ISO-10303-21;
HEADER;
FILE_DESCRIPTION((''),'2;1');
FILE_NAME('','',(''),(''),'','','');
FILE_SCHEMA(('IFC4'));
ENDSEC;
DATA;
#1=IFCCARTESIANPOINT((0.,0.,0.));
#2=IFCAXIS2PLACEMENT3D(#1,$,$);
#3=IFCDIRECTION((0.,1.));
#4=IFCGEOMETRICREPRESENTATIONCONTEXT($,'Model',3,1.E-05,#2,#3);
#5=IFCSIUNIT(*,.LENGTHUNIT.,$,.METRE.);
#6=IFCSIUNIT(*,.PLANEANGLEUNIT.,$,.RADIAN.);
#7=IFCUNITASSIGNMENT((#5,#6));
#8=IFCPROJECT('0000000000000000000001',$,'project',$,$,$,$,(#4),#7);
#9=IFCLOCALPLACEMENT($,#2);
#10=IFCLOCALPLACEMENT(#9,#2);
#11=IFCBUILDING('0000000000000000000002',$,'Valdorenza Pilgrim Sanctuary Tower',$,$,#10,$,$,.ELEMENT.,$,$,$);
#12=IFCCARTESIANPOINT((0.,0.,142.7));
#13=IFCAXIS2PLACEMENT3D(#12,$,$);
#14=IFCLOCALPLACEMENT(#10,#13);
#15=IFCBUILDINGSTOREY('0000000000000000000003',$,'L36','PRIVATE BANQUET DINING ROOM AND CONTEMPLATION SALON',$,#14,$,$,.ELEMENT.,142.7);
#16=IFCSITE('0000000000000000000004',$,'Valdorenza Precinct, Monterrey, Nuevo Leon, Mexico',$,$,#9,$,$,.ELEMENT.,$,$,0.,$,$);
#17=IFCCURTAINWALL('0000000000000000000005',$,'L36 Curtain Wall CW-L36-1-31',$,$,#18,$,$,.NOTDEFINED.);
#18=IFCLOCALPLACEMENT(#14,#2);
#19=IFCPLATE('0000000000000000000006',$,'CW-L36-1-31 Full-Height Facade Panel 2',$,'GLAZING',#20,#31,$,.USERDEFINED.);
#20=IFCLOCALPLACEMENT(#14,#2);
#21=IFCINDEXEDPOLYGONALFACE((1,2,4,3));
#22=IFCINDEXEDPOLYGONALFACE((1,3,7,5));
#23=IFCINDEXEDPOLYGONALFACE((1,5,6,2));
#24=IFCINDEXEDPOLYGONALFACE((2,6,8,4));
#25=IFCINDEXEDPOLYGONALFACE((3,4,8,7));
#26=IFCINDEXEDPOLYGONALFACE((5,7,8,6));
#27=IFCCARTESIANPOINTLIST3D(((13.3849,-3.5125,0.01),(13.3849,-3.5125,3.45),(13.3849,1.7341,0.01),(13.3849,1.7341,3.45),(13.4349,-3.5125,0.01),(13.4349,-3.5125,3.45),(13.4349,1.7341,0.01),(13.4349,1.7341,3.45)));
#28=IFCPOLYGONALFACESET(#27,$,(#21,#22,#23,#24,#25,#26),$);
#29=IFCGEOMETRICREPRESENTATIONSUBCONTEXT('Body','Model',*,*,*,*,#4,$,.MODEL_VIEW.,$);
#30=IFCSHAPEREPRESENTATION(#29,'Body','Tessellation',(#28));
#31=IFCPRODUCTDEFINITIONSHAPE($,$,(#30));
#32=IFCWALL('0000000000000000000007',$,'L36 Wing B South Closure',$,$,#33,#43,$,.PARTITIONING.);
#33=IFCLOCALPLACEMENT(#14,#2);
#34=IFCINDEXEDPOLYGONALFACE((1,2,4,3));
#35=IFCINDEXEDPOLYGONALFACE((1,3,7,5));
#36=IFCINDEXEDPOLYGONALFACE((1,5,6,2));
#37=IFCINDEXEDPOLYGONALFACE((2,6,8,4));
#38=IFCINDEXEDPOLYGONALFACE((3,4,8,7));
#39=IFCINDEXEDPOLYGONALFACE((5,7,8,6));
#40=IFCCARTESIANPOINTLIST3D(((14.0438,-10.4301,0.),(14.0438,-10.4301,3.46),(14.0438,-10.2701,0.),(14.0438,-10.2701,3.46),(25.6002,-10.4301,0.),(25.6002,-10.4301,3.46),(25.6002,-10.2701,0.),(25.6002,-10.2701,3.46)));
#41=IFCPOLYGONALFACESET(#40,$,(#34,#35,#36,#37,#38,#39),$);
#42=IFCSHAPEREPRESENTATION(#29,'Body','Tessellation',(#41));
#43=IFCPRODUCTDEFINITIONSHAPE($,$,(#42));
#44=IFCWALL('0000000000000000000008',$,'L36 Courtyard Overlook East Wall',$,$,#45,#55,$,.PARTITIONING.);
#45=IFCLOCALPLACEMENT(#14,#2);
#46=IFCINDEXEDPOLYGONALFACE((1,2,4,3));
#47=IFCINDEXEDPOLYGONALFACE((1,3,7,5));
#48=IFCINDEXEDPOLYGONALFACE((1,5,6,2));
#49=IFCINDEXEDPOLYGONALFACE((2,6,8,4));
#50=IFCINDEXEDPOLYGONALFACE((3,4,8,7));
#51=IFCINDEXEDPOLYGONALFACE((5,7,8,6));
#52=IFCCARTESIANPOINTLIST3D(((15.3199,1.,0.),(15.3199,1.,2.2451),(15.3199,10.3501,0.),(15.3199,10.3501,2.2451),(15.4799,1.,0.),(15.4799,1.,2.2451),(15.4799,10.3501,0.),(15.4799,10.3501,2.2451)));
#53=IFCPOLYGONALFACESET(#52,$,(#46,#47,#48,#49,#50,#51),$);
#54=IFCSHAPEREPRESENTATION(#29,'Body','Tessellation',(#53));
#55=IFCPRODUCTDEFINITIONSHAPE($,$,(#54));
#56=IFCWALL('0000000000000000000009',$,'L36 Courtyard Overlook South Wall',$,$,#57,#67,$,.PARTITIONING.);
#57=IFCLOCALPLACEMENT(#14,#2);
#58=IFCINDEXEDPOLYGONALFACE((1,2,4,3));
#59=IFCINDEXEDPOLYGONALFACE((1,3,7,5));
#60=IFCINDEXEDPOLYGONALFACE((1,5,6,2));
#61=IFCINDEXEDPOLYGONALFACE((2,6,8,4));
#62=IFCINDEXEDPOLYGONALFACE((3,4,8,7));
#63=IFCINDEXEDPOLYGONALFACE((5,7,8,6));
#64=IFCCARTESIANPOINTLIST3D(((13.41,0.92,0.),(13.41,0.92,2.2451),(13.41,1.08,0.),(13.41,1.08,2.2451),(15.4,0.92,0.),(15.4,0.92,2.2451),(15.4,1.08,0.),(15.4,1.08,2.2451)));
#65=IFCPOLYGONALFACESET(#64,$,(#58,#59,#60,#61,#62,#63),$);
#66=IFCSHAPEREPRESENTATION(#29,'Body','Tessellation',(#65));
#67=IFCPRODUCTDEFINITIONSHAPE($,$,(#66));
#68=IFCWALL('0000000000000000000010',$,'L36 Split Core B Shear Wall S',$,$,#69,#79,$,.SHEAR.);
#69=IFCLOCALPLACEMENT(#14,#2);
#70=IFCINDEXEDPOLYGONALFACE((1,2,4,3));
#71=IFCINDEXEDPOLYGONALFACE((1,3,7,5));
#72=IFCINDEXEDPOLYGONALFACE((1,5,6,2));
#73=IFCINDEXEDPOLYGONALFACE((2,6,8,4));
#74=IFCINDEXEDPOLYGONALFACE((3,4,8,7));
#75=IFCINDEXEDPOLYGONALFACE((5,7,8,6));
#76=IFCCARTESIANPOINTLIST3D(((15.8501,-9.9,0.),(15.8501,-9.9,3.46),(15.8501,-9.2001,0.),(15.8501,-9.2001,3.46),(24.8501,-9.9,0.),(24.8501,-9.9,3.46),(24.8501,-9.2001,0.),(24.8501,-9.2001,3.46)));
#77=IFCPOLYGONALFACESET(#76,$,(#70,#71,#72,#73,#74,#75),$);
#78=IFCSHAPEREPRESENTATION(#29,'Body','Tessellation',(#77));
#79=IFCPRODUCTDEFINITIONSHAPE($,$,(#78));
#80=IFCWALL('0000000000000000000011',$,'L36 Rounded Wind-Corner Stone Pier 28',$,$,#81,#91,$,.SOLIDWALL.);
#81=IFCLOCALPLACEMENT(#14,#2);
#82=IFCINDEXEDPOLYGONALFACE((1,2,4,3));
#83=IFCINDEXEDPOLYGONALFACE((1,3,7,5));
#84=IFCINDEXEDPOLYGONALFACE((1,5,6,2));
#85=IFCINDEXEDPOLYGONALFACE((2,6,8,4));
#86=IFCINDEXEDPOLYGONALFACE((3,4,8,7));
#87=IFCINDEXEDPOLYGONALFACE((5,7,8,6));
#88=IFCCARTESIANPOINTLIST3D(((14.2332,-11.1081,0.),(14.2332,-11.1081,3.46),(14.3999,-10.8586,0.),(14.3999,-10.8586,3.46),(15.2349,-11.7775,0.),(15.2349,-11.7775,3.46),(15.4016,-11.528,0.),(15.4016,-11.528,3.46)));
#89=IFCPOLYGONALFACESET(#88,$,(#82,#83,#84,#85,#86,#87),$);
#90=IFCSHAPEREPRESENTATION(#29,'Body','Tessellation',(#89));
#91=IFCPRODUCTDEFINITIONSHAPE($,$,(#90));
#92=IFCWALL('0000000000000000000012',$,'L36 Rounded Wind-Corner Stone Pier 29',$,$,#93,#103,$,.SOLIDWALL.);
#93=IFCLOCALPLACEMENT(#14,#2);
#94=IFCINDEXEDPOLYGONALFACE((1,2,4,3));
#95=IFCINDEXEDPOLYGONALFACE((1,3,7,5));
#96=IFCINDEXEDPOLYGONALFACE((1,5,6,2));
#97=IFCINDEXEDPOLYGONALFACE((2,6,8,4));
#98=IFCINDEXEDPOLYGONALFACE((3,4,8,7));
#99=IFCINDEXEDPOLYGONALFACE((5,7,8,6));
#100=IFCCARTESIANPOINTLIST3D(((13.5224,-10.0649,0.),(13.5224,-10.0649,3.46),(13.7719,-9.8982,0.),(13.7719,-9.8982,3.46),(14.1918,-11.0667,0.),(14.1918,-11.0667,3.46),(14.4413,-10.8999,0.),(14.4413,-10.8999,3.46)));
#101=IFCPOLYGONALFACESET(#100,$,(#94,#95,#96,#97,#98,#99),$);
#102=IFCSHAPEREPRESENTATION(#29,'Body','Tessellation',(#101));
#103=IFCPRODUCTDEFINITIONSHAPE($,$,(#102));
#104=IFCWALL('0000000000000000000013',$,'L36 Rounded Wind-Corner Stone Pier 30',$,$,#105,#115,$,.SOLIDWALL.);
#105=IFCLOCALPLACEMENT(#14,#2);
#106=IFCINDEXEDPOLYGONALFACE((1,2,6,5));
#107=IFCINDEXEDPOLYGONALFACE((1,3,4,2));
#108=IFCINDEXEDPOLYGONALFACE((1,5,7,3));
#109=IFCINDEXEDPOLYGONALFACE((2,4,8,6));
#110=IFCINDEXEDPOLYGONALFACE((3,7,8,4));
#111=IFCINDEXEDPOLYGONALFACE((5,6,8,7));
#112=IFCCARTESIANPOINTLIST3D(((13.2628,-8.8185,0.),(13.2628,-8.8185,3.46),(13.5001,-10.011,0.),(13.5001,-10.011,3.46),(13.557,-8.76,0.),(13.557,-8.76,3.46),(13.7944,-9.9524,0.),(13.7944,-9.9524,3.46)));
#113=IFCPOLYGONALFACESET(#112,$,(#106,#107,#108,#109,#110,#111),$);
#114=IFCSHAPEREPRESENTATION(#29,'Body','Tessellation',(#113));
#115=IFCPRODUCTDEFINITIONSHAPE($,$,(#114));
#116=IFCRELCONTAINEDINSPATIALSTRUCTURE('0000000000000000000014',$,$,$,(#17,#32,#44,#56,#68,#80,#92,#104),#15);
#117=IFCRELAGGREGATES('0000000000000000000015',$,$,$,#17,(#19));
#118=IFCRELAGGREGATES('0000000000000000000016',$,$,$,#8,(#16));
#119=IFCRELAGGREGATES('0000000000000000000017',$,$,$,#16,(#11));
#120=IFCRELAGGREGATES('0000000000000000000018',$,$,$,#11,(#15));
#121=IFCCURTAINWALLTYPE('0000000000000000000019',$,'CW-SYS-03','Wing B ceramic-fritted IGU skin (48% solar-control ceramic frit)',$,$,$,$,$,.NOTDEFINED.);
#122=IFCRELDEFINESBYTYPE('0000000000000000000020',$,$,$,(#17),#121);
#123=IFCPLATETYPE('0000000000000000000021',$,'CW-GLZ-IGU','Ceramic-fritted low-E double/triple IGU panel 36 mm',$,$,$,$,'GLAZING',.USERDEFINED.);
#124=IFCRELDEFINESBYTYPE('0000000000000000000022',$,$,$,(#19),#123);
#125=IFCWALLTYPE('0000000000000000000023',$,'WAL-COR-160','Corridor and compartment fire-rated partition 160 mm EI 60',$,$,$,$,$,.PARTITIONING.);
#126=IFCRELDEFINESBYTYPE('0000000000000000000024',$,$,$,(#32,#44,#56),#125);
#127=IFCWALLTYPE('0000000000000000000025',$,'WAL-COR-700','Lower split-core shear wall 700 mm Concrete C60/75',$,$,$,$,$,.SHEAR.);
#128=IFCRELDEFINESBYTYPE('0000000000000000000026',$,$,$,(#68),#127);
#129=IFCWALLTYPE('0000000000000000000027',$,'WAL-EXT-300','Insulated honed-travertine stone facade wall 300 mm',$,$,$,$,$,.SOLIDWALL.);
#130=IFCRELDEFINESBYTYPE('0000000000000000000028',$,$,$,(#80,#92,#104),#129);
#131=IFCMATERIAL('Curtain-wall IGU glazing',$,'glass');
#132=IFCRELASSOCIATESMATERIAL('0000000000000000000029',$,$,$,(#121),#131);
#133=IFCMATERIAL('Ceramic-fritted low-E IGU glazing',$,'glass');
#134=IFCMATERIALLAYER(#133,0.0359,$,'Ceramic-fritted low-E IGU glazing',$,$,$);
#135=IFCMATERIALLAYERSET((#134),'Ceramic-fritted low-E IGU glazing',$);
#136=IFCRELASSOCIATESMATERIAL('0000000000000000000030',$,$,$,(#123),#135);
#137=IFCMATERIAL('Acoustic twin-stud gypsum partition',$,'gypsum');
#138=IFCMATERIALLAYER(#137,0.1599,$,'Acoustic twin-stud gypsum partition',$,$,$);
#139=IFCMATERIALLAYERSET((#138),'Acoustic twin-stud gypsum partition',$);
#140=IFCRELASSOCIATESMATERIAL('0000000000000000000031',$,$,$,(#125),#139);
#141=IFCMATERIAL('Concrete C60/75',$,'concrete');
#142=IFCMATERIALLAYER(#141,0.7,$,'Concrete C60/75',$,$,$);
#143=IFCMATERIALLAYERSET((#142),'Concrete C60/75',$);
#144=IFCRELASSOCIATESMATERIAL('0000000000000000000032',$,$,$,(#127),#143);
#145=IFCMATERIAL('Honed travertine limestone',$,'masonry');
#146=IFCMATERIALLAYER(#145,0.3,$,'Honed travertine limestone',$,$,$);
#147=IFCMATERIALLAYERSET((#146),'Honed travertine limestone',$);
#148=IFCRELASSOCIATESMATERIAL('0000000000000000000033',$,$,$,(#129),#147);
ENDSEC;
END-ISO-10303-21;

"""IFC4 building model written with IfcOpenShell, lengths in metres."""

from ifc_helpers import new_model, si_unit, direction, frame, frame_2d, origin, origin_2d, place, context, subcontext, project, spatial, rectangle, extrude, source, transform, mapped, material, layer, layer_set, type_object, element, aggregate, save


model = new_model("IFC4")

# Units and contexts
model_context = context("Model", 3, precision=1e-05, world=origin(), true_north=direction((0.0, 1.0)))
body_context = subcontext(model_context, "Body", "Model", "MODEL_VIEW")
ifc_project = project(units=[si_unit("LENGTHUNIT", "METRE"), si_unit("PLANEANGLEUNIT", "RADIAN")], contexts=[model_context])

# Site, building, storey
site_placement = place(None, origin())
site = spatial("IfcSite", under=ifc_project, at=site_placement, Name="Valdorenza Precinct, Monterrey, Nuevo Leon, Mexico", CompositionType="ELEMENT", RefElevation=0.0)
building_placement = place(site_placement, origin())
building = spatial("IfcBuilding", under=site, at=building_placement, Name="Valdorenza Pilgrim Sanctuary Tower", CompositionType="ELEMENT")
storey_placement = place(building_placement, frame((0.0, 0.0, 142.7)))
storey = spatial("IfcBuildingStorey", under=building, at=storey_placement, Name="L36", Description="PRIVATE BANQUET DINING ROOM AND CONTEMPLATION SALON", CompositionType="ELEMENT", Elevation=142.7)

# Shared definitions
ifc_material_1 = material(Name="Concrete C60/75", Category="concrete")

# Curtain wall, plate
ifc_material_2 = material(Name="Curtain-wall IGU glazing", Category="glass")
curtain_wall_type = type_object("IfcCurtainWallType", Name="CW-SYS-03", Description="Wing B ceramic-fritted IGU skin (48% solar-control ceramic frit)", PredefinedType="NOTDEFINED", material=ifc_material_2)
curtain_wall_placement = place(storey_placement, origin())
curtain_wall = element("IfcCurtainWall", 1, at=curtain_wall_placement, inside=storey, type_object=curtain_wall_type, Name="L36 Curtain Wall CW-L36-1-31", PredefinedType="NOTDEFINED")
ifc_material_3 = material(Name="Honed travertine limestone", Category="masonry")
ifc_material_4 = material(Name="Ceramic-fritted low-E IGU glazing", Category="glass")
ifc_layer_1 = layer(ifc_material_4, 0.0359, Name="Ceramic-fritted low-E IGU glazing")
ifc_layer_set_1 = layer_set([ifc_layer_1], Name="Ceramic-fritted low-E IGU glazing")
plate_type_1 = type_object("IfcPlateType", Name="CW-GLZ-IGU", Description="Ceramic-fritted low-E double/triple IGU panel 36 mm", ElementType="GLAZING", PredefinedType="USERDEFINED", material=ifc_layer_set_1)
shared_shape_1 = source(origin(), body_context, "Body", "SweptSolid", [
    extrude(rectangle(XDim=5.2466, YDim=0.05, at=origin_2d()), origin(), (0.0, 0.0, 1.0), 3.4399),
])
plate_1_placement = place(storey_placement, frame((13.4099, -0.8892, 0.01), z_axis=(0.0, 0.0, 1.0), x_axis=(0.0, 1.0, 0.0)))
plate_1 = element("IfcPlate", 2, at=plate_1_placement, type_object=plate_type_1, Name="CW-L36-1-31 Full-Height Facade Panel 2", ObjectType="GLAZING", PredefinedType="USERDEFINED", context=body_context, shape_type="MappedRepresentation", body=[
    mapped(shared_shape_1, transform((0.0, 0.0, 0.0), x_axis=(1.0, 0.0, 0.0), y_axis=(0.0, 1.0, 0.0), z_axis=(0.0, 0.0, 1.0), scale=1.0)),
])
aggregate(curtain_wall, [plate_1])

# Walls
ifc_material_5 = material(Name="Acoustic twin-stud gypsum partition", Category="gypsum")
ifc_layer_2 = layer(ifc_material_5, 0.1599, Name="Acoustic twin-stud gypsum partition")
ifc_layer_set_2 = layer_set([ifc_layer_2], Name="Acoustic twin-stud gypsum partition")
wall_type_1 = type_object("IfcWallType", Name="WAL-COR-160", Description="Corridor and compartment fire-rated partition 160 mm EI 60", PredefinedType="PARTITIONING", material=ifc_layer_set_2)
wall_1_placement = place(storey_placement, frame((14.0437, -10.3501, 0.0), z_axis=(0.0, 0.0, 1.0), x_axis=(1.0, 0.0, 0.0)))
element("IfcWall", 3, at=wall_1_placement, inside=storey, type_object=wall_type_1, Name="L36 Wing B South Closure", PredefinedType="PARTITIONING", context=body_context, shape_type="SweptSolid", body=[
    extrude(rectangle(XDim=11.5564, YDim=0.1599, at=frame_2d((5.7783, 0.0))), origin(), (0.0, 0.0, 1.0), 3.46),
])
wall_2_placement = place(storey_placement, frame((15.3999, 1.0, 0.0), z_axis=(0.0, 0.0, 1.0), x_axis=(0.0, 1.0, 0.0)))
element("IfcWall", 4, at=wall_2_placement, inside=storey, type_object=wall_type_1, Name="L36 Courtyard Overlook East Wall", PredefinedType="PARTITIONING", context=body_context, shape_type="SweptSolid", body=[
    extrude(rectangle(XDim=9.3501, YDim=0.1599, at=frame_2d((4.675, 0.0))), origin(), (0.0, 0.0, 1.0), 2.2451),
])
wall_3_placement = place(storey_placement, frame((13.4099, 1.0, 0.0), z_axis=(0.0, 0.0, 1.0), x_axis=(1.0, 0.0, 0.0)))
element("IfcWall", 5, at=wall_3_placement, inside=storey, type_object=wall_type_1, Name="L36 Courtyard Overlook South Wall", PredefinedType="PARTITIONING", context=body_context, shape_type="SweptSolid", body=[
    extrude(rectangle(XDim=1.99, YDim=0.1599, at=frame_2d((0.9951, 0.0))), origin(), (0.0, 0.0, 1.0), 2.2451),
])
ifc_layer_3 = layer(ifc_material_1, 0.7, Name="Concrete C60/75")
ifc_layer_set_3 = layer_set([ifc_layer_3], Name="Concrete C60/75")
wall_type_2 = type_object("IfcWallType", Name="WAL-COR-700", Description="Lower split-core shear wall 700 mm Concrete C60/75", PredefinedType="SHEAR", material=ifc_layer_set_3)
wall_4_placement = place(storey_placement, frame((15.8501, -9.55, 0.0), z_axis=(0.0, 0.0, 1.0), x_axis=(1.0, 0.0, 0.0)))
element("IfcWall", 6, at=wall_4_placement, inside=storey, type_object=wall_type_2, Name="L36 Split Core B Shear Wall S", PredefinedType="SHEAR", context=body_context, shape_type="SweptSolid", body=[
    extrude(rectangle(XDim=9.0, YDim=0.7, at=frame_2d((4.5, 0.0))), origin(), (0.0, 0.0, 1.0), 3.46),
])
ifc_layer_4 = layer(ifc_material_3, 0.3, Name="Honed travertine limestone")
ifc_layer_set_4 = layer_set([ifc_layer_4], Name="Honed travertine limestone")
wall_type_3 = type_object("IfcWallType", Name="WAL-EXT-300", Description="Insulated honed-travertine stone facade wall 300 mm", PredefinedType="SOLIDWALL", material=ifc_layer_set_4)
for number, where, z_axis, x_axis, name in (
    (7, (15.3184, -11.6528, 0.0), (0.0, 0.0, 1.0), (-0.831426, 0.555635, 0.0), "L36 Rounded Wind-Corner Stone Pier 28"),
    (8, (14.3167, -10.9834, 0.0), (0.0, 0.0, 1.0), (-0.555635, 0.831426, 0.0), "L36 Rounded Wind-Corner Stone Pier 29"),
):
    element("IfcWall", number, at=place(storey_placement, frame(where, z_axis=z_axis, x_axis=x_axis)), inside=storey, type_object=wall_type_3, Name=name, PredefinedType="SOLIDWALL", context=body_context, shape_type="SweptSolid", body=[
        extrude(rectangle(XDim=1.2048, YDim=0.3, at=frame_2d((0.6025, 0.0))), origin(), (0.0, 0.0, 1.0), 3.46),
    ])
wall_5_placement = place(storey_placement, frame((13.6472, -9.9817, 0.0), z_axis=(0.0, 0.0, 1.0), x_axis=(-0.195189, 0.980766, 0.0)))
element("IfcWall", 9, at=wall_5_placement, inside=storey, type_object=wall_type_3, Name="L36 Rounded Wind-Corner Stone Pier 30", PredefinedType="SOLIDWALL", context=body_context, shape_type="SweptSolid", body=[
    extrude(rectangle(XDim=1.2158, YDim=0.3, at=frame_2d((0.6079, 0.0))), origin(), (0.0, 0.0, 1.0), 3.46),
])

save(model, "model.ifc")
